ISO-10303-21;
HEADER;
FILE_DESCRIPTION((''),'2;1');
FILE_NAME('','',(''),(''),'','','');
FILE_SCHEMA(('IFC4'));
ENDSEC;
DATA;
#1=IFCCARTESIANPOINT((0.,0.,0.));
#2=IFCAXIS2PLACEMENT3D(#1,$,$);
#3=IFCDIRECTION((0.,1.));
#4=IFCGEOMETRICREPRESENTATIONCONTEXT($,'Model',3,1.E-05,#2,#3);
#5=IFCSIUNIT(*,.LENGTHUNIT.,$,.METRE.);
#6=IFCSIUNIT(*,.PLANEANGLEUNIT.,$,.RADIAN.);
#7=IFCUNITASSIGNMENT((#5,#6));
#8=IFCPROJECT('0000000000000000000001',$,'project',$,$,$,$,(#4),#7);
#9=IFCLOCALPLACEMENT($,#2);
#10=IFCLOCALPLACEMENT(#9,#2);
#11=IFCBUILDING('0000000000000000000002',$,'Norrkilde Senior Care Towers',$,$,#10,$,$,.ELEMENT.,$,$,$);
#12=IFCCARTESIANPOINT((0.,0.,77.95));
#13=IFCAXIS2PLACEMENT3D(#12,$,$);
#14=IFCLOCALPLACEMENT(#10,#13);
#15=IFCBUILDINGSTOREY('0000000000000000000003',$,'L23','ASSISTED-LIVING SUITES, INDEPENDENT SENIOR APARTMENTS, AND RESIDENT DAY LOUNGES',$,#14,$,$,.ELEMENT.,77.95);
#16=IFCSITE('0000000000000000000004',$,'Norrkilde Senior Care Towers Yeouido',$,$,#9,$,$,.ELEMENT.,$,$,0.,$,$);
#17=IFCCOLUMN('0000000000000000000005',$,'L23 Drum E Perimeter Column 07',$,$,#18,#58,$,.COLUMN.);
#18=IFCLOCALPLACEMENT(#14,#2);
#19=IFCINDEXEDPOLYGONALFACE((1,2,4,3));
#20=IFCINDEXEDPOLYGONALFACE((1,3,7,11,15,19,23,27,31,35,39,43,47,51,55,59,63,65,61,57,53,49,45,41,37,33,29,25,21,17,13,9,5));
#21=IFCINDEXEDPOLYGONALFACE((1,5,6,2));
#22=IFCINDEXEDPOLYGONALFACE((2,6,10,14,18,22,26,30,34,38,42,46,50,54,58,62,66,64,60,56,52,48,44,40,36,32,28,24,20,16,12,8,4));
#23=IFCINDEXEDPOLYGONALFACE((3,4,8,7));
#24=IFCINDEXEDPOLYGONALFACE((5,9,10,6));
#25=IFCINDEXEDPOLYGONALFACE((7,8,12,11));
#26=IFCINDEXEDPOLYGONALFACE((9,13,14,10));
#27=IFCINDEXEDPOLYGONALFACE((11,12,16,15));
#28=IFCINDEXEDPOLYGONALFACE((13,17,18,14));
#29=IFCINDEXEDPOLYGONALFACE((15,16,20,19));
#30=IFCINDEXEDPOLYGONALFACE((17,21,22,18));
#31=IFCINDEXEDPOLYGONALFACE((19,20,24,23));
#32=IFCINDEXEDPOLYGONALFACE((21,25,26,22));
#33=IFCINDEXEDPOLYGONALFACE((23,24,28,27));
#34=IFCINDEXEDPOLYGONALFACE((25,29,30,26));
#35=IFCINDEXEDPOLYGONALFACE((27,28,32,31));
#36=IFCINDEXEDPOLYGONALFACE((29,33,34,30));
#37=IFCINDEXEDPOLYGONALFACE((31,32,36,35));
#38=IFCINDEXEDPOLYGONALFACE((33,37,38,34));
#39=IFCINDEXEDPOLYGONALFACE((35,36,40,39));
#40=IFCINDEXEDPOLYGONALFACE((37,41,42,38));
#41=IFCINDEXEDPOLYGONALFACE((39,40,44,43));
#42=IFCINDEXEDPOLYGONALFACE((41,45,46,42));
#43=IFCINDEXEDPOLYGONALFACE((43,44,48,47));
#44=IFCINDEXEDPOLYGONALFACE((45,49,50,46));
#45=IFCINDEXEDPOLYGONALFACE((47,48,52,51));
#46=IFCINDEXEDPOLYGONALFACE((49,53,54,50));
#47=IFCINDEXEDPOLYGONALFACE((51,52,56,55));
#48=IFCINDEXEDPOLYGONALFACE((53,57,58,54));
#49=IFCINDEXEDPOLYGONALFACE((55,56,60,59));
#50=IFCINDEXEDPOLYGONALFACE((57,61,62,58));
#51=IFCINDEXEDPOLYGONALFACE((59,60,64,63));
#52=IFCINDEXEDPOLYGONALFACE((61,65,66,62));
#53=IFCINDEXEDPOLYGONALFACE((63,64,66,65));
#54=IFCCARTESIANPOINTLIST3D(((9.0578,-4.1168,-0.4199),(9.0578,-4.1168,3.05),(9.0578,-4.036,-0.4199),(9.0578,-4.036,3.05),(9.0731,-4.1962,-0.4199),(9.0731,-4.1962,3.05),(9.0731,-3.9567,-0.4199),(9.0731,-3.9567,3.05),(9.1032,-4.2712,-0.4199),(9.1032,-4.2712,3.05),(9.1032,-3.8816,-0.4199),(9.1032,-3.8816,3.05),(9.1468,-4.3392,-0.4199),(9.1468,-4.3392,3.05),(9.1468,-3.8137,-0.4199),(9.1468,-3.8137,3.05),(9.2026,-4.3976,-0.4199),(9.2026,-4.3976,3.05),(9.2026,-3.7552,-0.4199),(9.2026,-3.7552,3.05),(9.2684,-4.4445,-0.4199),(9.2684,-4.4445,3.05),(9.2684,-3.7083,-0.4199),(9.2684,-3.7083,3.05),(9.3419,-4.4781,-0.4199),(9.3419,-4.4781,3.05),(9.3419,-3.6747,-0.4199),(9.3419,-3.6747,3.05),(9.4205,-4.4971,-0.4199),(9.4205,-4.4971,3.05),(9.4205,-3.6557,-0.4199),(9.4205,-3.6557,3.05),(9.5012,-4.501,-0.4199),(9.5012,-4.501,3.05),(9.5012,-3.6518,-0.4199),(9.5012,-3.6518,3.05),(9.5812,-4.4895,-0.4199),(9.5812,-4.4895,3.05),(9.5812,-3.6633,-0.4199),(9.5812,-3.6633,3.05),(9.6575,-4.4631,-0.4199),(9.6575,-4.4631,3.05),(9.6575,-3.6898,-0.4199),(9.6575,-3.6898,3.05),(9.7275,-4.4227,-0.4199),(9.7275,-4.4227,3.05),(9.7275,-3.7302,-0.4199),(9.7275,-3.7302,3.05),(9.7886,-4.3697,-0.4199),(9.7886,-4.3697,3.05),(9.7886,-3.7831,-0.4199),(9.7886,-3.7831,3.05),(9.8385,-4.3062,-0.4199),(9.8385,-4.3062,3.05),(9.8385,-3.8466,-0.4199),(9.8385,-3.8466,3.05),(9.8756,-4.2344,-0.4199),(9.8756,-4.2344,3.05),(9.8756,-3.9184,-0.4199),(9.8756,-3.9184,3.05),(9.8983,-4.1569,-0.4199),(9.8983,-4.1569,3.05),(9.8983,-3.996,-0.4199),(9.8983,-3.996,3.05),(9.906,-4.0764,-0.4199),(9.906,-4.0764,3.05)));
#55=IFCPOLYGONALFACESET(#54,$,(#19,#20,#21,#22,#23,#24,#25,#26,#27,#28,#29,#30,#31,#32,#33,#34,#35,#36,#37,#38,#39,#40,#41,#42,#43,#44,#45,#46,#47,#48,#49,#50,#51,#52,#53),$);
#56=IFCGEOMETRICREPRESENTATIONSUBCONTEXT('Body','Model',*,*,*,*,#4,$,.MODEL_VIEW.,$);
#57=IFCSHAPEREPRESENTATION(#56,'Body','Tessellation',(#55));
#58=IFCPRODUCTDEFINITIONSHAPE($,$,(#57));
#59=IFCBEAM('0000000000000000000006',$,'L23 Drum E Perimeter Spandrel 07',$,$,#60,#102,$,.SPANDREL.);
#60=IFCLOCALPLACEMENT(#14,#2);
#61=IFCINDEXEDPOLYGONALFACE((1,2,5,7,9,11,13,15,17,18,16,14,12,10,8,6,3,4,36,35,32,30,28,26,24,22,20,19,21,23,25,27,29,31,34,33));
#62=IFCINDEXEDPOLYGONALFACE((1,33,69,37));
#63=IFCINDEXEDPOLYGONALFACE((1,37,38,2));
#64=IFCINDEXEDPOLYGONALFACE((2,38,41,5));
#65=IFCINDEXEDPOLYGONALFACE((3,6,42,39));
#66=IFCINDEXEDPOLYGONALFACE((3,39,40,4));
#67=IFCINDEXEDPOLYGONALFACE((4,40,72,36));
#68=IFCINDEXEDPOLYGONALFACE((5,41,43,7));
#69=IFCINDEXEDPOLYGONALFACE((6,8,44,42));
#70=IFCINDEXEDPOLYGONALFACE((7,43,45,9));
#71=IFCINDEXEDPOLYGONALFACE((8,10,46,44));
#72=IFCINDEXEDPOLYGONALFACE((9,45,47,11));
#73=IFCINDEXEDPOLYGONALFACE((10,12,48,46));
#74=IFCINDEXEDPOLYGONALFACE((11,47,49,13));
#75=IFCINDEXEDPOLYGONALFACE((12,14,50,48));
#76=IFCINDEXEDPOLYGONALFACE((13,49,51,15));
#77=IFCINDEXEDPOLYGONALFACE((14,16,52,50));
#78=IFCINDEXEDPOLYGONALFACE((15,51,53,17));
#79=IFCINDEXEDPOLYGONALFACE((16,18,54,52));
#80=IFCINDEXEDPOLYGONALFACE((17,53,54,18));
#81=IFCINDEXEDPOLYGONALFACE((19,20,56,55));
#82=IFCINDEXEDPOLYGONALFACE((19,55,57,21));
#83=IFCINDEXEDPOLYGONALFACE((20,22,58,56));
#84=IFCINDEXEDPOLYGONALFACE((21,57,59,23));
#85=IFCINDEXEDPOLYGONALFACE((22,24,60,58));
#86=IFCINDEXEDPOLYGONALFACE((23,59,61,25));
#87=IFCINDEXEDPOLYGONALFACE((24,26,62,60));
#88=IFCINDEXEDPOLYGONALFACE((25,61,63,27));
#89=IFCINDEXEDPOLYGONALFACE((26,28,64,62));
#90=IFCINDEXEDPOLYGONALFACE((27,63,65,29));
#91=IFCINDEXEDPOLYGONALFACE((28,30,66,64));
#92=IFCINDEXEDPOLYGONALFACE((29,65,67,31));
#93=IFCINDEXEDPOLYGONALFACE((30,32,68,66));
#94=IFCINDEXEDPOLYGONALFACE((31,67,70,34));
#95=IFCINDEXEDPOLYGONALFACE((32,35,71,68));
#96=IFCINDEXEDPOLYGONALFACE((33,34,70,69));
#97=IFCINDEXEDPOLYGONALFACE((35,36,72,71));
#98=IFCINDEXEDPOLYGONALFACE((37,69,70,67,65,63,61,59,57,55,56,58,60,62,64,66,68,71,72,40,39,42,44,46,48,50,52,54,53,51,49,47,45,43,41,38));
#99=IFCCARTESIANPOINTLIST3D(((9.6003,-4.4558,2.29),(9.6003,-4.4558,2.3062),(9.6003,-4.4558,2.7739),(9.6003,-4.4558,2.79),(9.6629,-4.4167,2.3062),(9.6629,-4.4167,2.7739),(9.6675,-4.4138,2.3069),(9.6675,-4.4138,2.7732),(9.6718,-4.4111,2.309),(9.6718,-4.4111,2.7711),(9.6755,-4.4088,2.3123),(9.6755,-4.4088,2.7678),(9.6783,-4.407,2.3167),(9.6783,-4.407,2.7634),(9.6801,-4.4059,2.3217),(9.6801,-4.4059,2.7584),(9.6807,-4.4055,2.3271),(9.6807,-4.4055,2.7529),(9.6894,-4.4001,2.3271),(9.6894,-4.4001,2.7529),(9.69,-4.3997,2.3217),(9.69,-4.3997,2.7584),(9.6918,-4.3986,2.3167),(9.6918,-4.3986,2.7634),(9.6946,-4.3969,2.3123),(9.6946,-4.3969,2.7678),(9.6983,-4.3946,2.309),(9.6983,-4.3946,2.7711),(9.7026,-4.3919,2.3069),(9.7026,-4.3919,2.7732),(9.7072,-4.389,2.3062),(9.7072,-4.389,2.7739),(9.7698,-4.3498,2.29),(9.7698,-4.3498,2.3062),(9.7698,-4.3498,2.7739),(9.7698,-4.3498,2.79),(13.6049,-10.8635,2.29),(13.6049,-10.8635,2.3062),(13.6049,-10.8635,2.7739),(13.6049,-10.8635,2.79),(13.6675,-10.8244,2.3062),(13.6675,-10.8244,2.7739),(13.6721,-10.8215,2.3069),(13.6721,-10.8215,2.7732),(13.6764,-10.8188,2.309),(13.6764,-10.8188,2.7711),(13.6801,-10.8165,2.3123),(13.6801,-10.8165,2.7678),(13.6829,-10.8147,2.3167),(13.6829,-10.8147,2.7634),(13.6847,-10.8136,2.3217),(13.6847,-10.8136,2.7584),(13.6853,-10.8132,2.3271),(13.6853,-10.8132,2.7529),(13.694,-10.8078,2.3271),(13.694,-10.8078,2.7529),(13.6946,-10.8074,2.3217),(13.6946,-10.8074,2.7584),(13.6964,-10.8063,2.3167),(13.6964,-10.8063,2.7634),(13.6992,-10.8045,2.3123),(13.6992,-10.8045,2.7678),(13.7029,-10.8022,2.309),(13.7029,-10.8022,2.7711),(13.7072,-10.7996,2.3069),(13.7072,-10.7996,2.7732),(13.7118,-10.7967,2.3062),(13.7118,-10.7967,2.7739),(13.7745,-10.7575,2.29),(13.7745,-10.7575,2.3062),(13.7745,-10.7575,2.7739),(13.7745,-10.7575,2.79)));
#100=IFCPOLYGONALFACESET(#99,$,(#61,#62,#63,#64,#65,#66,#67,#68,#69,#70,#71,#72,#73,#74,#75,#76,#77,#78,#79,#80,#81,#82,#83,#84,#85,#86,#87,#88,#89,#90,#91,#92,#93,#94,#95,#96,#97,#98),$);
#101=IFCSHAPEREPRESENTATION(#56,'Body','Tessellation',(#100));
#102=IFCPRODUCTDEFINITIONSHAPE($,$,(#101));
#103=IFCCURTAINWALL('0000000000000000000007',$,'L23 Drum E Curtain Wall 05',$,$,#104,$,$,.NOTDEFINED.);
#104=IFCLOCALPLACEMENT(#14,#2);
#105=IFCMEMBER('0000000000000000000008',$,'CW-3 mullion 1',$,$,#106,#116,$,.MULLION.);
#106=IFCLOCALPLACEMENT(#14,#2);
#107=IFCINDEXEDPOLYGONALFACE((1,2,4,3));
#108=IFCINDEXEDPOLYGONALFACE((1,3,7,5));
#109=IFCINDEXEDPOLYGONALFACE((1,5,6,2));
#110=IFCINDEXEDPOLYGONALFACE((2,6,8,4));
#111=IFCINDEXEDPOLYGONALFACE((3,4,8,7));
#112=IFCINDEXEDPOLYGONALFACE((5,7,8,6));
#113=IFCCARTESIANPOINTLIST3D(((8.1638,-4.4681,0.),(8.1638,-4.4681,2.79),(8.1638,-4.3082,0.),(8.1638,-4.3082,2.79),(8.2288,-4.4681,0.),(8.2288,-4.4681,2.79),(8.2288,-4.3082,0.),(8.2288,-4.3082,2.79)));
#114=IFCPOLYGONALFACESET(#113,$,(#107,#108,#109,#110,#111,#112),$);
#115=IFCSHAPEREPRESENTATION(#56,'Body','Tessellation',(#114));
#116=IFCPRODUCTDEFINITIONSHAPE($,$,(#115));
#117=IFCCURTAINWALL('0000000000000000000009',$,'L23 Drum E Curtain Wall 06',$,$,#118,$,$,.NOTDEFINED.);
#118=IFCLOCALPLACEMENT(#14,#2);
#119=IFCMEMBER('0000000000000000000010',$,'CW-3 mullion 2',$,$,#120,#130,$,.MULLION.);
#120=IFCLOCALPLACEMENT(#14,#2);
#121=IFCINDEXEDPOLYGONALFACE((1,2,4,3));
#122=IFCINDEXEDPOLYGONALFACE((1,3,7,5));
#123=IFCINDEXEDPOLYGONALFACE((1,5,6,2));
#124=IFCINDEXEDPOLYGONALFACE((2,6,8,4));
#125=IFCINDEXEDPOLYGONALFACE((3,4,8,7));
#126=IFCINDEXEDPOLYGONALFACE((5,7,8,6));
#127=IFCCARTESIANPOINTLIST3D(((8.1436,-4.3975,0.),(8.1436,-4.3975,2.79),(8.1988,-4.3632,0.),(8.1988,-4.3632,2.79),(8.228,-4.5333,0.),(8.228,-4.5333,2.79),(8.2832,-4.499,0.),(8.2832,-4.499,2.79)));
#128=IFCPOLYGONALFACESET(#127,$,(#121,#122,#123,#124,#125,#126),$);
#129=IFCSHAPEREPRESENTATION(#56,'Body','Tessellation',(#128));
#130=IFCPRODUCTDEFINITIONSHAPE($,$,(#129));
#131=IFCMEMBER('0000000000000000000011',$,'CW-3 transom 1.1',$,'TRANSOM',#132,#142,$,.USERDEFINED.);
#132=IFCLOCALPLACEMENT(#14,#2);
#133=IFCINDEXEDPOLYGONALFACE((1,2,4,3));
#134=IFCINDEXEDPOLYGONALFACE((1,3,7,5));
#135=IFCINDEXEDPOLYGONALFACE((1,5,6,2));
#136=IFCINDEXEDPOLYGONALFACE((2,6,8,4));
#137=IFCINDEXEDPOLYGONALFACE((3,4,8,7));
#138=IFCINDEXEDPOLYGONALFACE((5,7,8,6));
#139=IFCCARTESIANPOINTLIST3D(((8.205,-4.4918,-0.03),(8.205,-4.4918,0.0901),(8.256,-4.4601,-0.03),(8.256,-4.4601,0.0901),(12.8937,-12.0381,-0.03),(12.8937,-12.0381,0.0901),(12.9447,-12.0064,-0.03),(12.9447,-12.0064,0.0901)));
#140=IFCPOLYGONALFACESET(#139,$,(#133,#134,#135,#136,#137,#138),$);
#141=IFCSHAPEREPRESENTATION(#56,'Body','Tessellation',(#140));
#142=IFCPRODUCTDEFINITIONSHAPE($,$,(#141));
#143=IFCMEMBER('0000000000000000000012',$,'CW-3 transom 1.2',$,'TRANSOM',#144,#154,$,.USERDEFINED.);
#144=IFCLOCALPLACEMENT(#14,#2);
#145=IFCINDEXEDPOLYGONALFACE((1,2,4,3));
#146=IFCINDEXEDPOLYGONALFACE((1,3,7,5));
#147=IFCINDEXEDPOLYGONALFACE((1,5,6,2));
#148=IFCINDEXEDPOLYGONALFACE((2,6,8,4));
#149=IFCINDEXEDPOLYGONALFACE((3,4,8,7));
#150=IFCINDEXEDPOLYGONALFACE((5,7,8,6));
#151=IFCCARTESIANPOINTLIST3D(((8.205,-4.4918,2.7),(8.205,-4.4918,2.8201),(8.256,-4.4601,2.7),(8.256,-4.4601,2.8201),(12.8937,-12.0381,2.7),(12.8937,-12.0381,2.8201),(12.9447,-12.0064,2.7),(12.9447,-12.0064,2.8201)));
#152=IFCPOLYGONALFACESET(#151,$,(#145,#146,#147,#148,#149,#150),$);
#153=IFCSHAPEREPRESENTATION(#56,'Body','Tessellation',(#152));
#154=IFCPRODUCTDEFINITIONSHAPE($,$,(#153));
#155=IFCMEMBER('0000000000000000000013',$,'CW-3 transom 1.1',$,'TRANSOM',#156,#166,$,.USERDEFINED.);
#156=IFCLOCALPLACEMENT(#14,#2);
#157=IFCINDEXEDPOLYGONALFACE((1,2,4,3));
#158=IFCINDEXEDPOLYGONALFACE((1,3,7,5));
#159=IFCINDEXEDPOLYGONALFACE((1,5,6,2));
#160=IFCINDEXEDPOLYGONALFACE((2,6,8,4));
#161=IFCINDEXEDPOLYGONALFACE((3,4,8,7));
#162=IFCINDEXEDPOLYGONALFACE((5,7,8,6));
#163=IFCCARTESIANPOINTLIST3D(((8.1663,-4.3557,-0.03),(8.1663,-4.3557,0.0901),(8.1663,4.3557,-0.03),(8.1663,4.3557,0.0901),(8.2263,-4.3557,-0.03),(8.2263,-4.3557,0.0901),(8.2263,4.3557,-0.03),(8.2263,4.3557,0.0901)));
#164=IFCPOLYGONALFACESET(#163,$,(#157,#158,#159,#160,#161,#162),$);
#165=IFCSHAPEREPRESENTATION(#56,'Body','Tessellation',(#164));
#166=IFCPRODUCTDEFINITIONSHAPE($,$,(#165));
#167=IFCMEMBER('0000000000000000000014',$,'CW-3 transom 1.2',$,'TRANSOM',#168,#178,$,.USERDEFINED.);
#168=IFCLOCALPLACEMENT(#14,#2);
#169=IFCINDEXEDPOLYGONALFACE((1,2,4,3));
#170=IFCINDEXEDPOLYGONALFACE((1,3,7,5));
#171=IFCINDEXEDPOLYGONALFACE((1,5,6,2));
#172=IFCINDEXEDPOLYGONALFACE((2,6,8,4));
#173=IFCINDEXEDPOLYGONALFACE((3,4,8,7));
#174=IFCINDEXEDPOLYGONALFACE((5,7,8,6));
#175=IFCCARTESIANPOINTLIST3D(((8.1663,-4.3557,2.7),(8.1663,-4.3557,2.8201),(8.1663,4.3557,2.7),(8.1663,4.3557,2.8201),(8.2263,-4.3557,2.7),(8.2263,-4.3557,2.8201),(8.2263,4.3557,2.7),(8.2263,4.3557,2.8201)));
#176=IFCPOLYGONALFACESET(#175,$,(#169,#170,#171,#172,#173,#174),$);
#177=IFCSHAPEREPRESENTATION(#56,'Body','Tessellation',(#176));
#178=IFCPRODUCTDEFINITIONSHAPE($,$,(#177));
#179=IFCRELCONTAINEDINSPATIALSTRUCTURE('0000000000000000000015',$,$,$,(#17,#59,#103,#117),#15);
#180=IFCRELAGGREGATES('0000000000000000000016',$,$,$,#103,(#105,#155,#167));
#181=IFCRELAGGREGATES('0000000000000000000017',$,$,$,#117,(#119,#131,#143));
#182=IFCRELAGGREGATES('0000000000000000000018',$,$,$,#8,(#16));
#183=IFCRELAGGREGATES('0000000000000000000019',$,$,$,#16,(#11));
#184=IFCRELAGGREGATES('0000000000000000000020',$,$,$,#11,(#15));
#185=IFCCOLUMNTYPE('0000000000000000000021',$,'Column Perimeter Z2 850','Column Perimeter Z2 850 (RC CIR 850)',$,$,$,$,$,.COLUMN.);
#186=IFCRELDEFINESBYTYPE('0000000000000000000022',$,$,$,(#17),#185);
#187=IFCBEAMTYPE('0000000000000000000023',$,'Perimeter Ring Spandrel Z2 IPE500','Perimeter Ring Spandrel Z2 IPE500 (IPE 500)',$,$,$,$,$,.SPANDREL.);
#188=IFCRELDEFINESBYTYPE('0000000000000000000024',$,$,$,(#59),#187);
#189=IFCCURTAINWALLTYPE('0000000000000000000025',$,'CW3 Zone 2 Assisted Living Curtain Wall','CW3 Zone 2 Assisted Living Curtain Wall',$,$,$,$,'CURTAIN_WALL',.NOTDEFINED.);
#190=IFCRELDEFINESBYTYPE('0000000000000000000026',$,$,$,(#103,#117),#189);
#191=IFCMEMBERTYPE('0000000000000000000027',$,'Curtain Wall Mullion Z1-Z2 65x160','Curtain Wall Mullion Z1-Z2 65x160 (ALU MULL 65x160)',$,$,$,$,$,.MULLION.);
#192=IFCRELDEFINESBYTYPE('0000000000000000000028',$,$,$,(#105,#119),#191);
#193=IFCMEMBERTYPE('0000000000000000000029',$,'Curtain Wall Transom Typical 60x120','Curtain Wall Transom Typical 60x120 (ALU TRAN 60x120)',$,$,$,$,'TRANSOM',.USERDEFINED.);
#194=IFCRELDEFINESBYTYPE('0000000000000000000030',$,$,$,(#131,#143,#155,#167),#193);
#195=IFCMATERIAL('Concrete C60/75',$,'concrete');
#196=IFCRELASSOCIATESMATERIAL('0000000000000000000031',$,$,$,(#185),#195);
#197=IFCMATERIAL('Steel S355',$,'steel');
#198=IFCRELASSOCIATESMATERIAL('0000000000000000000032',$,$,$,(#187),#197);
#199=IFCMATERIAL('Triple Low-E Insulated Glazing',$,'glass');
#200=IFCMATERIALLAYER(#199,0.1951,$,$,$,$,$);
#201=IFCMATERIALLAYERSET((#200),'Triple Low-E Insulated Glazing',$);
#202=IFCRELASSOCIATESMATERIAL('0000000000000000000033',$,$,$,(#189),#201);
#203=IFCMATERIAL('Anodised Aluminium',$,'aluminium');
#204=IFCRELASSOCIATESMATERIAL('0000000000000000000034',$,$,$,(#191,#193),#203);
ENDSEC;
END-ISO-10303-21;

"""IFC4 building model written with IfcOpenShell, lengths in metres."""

from ifc_helpers import new_model, si_unit, direction, frame, origin, origin_2d, place, context, subcontext, project, spatial, rectangle, circle, i_section, extrude, source, transform, mapped, material, layer, layer_set, material_profile, profile_set, type_object, type_shapes, element, aggregate, save


model = new_model("IFC4")

# Units and contexts
model_context = context("Model", 3, precision=1e-05, world=origin(), true_north=direction((0.0, 1.0)))
body_context = subcontext(model_context, "Body", "Model", "MODEL_VIEW")
ifc_project = project(units=[si_unit("LENGTHUNIT", "METRE"), si_unit("PLANEANGLEUNIT", "RADIAN")], contexts=[model_context])

# Site, building, storey
site_placement = place(None, origin())
site = spatial("IfcSite", under=ifc_project, at=site_placement, Name="Norrkilde Senior Care Towers Yeouido", CompositionType="ELEMENT", RefElevation=0.0)
building_placement = place(site_placement, origin())
building = spatial("IfcBuilding", under=site, at=building_placement, Name="Norrkilde Senior Care Towers", CompositionType="ELEMENT")
storey_placement = place(building_placement, frame((0.0, 0.0, 77.95)))
storey = spatial("IfcBuildingStorey", under=building, at=storey_placement, Name="L23", Description="ASSISTED-LIVING SUITES, INDEPENDENT SENIOR APARTMENTS, AND RESIDENT DAY LOUNGES", CompositionType="ELEMENT", Elevation=77.95)

# Column
ifc_material_1 = material(Name="Concrete C60/75", Category="concrete")
ifc_material_profile_1 = material_profile(ifc_material_1, circle(Radius=0.425, at=origin_2d()), Name="RC CIR 850")
ifc_profile_set_1 = profile_set([ifc_material_profile_1], Name="Concrete C60/75")
column_type = type_object("IfcColumnType", Name="Column Perimeter Z2 850", Description="Column Perimeter Z2 850 (RC CIR 850)", PredefinedType="COLUMN", material=ifc_profile_set_1)
shared_shape_1 = source(origin(), body_context, "Body", "SweptSolid", [
    extrude(circle(Radius=0.425, at=origin_2d()), origin(), (0.0, 0.0, 1.0), 3.47),
])
type_shapes(column_type, [shared_shape_1])
column_placement = place(storey_placement, frame((9.481, -4.0764, -0.4199), z_axis=(0.0, 0.0, 1.0), x_axis=(1.0, 0.0, 0.0)))
element("IfcColumn", 1, at=column_placement, inside=storey, type_object=column_type, Name="L23 Drum E Perimeter Column 07", PredefinedType="COLUMN", context=body_context, shape_type="MappedRepresentation", body=[
    mapped(shared_shape_1, transform((0.0, 0.0, 0.0), x_axis=(1.0, 0.0, 0.0), y_axis=(0.0, 1.0, 0.0), z_axis=(0.0, 0.0, 1.0), scale=1.0)),
])

# Beam
ifc_material_2 = material(Name="Steel S355", Category="steel")
ifc_material_profile_2 = material_profile(ifc_material_2, i_section(OverallWidth=0.2, OverallDepth=0.5, WebThickness=0.0103, FlangeThickness=0.0161, FilletRadius=0.021, at=origin_2d()), Name="IPE 500")
ifc_profile_set_2 = profile_set([ifc_material_profile_2], Name="Steel S355")
beam_type = type_object("IfcBeamType", Name="Perimeter Ring Spandrel Z2 IPE500", Description="Perimeter Ring Spandrel Z2 IPE500 (IPE 500)", PredefinedType="SPANDREL", material=ifc_profile_set_2)
shared_shape_2 = source(origin(), body_context, "Body", "SweptSolid", [
    extrude(i_section(OverallWidth=0.2, OverallDepth=0.5, WebThickness=0.0103, FlangeThickness=0.0161, FilletRadius=0.021, at=origin_2d()), origin(), (0.0, 0.0, 1.0), 7.5562),
])
type_shapes(beam_type, [shared_shape_2])
beam_placement = place(storey_placement, frame((9.6851, -4.4028, 2.54), z_axis=(0.529982, -0.848009, 0.0), x_axis=(0.848009, 0.529982, 0.0)))
element("IfcBeam", 2, at=beam_placement, inside=storey, type_object=beam_type, Name="L23 Drum E Perimeter Spandrel 07", PredefinedType="SPANDREL", context=body_context, shape_type="MappedRepresentation", body=[
    mapped(shared_shape_2, transform((0.0, 0.0, 0.0), x_axis=(1.0, 0.0, 0.0), y_axis=(0.0, 1.0, 0.0), z_axis=(0.0, 0.0, 1.0), scale=1.0)),
])

# Curtain wall, member
ifc_material_3 = material(Name="Triple Low-E Insulated Glazing", Category="glass")
ifc_layer_1 = layer(ifc_material_3, 0.1951)
ifc_layer_set_1 = layer_set([ifc_layer_1], Name="Triple Low-E Insulated Glazing")
curtain_wall_type = type_object("IfcCurtainWallType", Name="CW3 Zone 2 Assisted Living Curtain Wall", Description="CW3 Zone 2 Assisted Living Curtain Wall", ElementType="CURTAIN_WALL", PredefinedType="NOTDEFINED", material=ifc_layer_set_1)
curtain_wall_1_placement = place(storey_placement, origin())
curtain_wall_1 = element("IfcCurtainWall", 3, at=curtain_wall_1_placement, inside=storey, type_object=curtain_wall_type, Name="L23 Drum E Curtain Wall 05", PredefinedType="NOTDEFINED")
ifc_material_4 = material(Name="Anodised Aluminium", Category="aluminium")
ifc_material_profile_3 = material_profile(ifc_material_4, rectangle(XDim=0.0649, YDim=0.1599, at=origin_2d()), Name="ALU MULL 65x160")
ifc_profile_set_3 = profile_set([ifc_material_profile_3], Name="Anodised Aluminium")
member_type_1 = type_object("IfcMemberType", Name="Curtain Wall Mullion Z1-Z2 65x160", Description="Curtain Wall Mullion Z1-Z2 65x160 (ALU MULL 65x160)", PredefinedType="MULLION", material=ifc_profile_set_3)
shared_shape_3 = source(origin(), body_context, "Body", "SweptSolid", [
    extrude(rectangle(XDim=0.0649, YDim=0.1599, at=origin_2d()), origin(), (0.0, 0.0, 1.0), 2.79),
])
type_shapes(member_type_1, [shared_shape_3])
member_1_placement = place(storey_placement, frame((8.1963, -4.3882, 0.0), z_axis=(0.0, 0.0, 1.0), x_axis=(-1.0, 0.0, 0.0)))
member_1 = element("IfcMember", 4, at=member_1_placement, type_object=member_type_1, Name="CW-3 mullion 1", PredefinedType="MULLION", context=body_context, shape_type="MappedRepresentation", body=[
    mapped(shared_shape_3, transform((0.0, 0.0, 0.0), x_axis=(1.0, 0.0, 0.0), y_axis=(0.0, 1.0, 0.0), z_axis=(0.0, 0.0, 1.0), scale=1.0)),
])

# Curtain wall, members
curtain_wall_2_placement = place(storey_placement, origin())
curtain_wall_2 = element("IfcCurtainWall", 5, at=curtain_wall_2_placement, inside=storey, type_object=curtain_wall_type, Name="L23 Drum E Curtain Wall 06", PredefinedType="NOTDEFINED")
member_2_placement = place(storey_placement, frame((8.2134, -4.4482, 0.0), z_axis=(0.0, 0.0, 1.0), x_axis=(-0.84941, -0.527733, 0.0)))
member_2 = element("IfcMember", 6, at=member_2_placement, type_object=member_type_1, Name="CW-3 mullion 2", PredefinedType="MULLION", context=body_context, shape_type="MappedRepresentation", body=[
    mapped(shared_shape_3, transform((0.0, 0.0, 0.0), x_axis=(1.0, 0.0, 0.0), y_axis=(0.0, 1.0, 0.0), z_axis=(0.0, 0.0, 1.0), scale=1.0)),
])
ifc_material_profile_4 = material_profile(ifc_material_4, rectangle(XDim=0.0601, YDim=0.1201, at=origin_2d()), Name="ALU TRAN 60x120")
ifc_profile_set_4 = profile_set([ifc_material_profile_4], Name="Anodised Aluminium")
member_type_2 = type_object("IfcMemberType", Name="Curtain Wall Transom Typical 60x120", Description="Curtain Wall Transom Typical 60x120 (ALU TRAN 60x120)", ElementType="TRANSOM", PredefinedType="USERDEFINED", material=ifc_profile_set_4)
shared_shape_4 = source(origin(), body_context, "Body", "SweptSolid", [
    extrude(rectangle(XDim=0.0601, YDim=0.1201, at=origin_2d()), origin(), (0.0, 0.0, 1.0), 8.8843),
])
member_3_placement = place(storey_placement, frame((12.9192, -12.0222, 0.03), z_axis=(-0.527749, 0.8494, 0.0), x_axis=(-0.8494, -0.527749, 0.0)))
member_3 = element("IfcMember", 7, at=member_3_placement, type_object=member_type_2, Name="CW-3 transom 1.1", ObjectType="TRANSOM", PredefinedType="USERDEFINED", context=body_context, shape_type="MappedRepresentation", body=[
    mapped(shared_shape_4, transform((0.0, 0.0, 0.0), x_axis=(1.0, 0.0, 0.0), y_axis=(0.0, 1.0, 0.0), z_axis=(0.0, 0.0, 1.0), scale=1.0)),
])
member_4_placement = place(storey_placement, frame((12.9192, -12.0222, 2.76), z_axis=(-0.527749, 0.8494, 0.0), x_axis=(-0.8494, -0.527749, 0.0)))
member_4 = element("IfcMember", 8, at=member_4_placement, type_object=member_type_2, Name="CW-3 transom 1.2", ObjectType="TRANSOM", PredefinedType="USERDEFINED", context=body_context, shape_type="MappedRepresentation", body=[
    mapped(shared_shape_4, transform((0.0, 0.0, 0.0), x_axis=(1.0, 0.0, 0.0), y_axis=(0.0, 1.0, 0.0), z_axis=(0.0, 0.0, 1.0), scale=1.0)),
])

# Members
shared_shape_5 = source(origin(), body_context, "Body", "SweptSolid", [
    extrude(rectangle(XDim=0.0601, YDim=0.1201, at=origin_2d()), origin(), (0.0, 0.0, 1.0), 8.7114),
])
type_shapes(member_type_2, [shared_shape_4, shared_shape_5])
member_5_placement = place(storey_placement, frame((8.1963, -4.3557, 0.03), z_axis=(0.0, 1.0, 0.0), x_axis=(-1.0, 0.0, 0.0)))
member_5 = element("IfcMember", 9, at=member_5_placement, type_object=member_type_2, Name="CW-3 transom 1.1", ObjectType="TRANSOM", PredefinedType="USERDEFINED", context=body_context, shape_type="MappedRepresentation", body=[
    mapped(shared_shape_5, transform((0.0, 0.0, 0.0), x_axis=(1.0, 0.0, 0.0), y_axis=(0.0, 1.0, 0.0), z_axis=(0.0, 0.0, 1.0), scale=1.0)),
])
member_6_placement = place(storey_placement, frame((8.1963, -4.3557, 2.76), z_axis=(0.0, 1.0, 0.0), x_axis=(-1.0, 0.0, 0.0)))
member_6 = element("IfcMember", 10, at=member_6_placement, type_object=member_type_2, Name="CW-3 transom 1.2", ObjectType="TRANSOM", PredefinedType="USERDEFINED", context=body_context, shape_type="MappedRepresentation", body=[
    mapped(shared_shape_5, transform((0.0, 0.0, 0.0), x_axis=(1.0, 0.0, 0.0), y_axis=(0.0, 1.0, 0.0), z_axis=(0.0, 0.0, 1.0), scale=1.0)),
])
aggregate(curtain_wall_1, [member_1, member_5, member_6])

aggregate(curtain_wall_2, [member_2, member_3, member_4])

save(model, "model.ifc")
